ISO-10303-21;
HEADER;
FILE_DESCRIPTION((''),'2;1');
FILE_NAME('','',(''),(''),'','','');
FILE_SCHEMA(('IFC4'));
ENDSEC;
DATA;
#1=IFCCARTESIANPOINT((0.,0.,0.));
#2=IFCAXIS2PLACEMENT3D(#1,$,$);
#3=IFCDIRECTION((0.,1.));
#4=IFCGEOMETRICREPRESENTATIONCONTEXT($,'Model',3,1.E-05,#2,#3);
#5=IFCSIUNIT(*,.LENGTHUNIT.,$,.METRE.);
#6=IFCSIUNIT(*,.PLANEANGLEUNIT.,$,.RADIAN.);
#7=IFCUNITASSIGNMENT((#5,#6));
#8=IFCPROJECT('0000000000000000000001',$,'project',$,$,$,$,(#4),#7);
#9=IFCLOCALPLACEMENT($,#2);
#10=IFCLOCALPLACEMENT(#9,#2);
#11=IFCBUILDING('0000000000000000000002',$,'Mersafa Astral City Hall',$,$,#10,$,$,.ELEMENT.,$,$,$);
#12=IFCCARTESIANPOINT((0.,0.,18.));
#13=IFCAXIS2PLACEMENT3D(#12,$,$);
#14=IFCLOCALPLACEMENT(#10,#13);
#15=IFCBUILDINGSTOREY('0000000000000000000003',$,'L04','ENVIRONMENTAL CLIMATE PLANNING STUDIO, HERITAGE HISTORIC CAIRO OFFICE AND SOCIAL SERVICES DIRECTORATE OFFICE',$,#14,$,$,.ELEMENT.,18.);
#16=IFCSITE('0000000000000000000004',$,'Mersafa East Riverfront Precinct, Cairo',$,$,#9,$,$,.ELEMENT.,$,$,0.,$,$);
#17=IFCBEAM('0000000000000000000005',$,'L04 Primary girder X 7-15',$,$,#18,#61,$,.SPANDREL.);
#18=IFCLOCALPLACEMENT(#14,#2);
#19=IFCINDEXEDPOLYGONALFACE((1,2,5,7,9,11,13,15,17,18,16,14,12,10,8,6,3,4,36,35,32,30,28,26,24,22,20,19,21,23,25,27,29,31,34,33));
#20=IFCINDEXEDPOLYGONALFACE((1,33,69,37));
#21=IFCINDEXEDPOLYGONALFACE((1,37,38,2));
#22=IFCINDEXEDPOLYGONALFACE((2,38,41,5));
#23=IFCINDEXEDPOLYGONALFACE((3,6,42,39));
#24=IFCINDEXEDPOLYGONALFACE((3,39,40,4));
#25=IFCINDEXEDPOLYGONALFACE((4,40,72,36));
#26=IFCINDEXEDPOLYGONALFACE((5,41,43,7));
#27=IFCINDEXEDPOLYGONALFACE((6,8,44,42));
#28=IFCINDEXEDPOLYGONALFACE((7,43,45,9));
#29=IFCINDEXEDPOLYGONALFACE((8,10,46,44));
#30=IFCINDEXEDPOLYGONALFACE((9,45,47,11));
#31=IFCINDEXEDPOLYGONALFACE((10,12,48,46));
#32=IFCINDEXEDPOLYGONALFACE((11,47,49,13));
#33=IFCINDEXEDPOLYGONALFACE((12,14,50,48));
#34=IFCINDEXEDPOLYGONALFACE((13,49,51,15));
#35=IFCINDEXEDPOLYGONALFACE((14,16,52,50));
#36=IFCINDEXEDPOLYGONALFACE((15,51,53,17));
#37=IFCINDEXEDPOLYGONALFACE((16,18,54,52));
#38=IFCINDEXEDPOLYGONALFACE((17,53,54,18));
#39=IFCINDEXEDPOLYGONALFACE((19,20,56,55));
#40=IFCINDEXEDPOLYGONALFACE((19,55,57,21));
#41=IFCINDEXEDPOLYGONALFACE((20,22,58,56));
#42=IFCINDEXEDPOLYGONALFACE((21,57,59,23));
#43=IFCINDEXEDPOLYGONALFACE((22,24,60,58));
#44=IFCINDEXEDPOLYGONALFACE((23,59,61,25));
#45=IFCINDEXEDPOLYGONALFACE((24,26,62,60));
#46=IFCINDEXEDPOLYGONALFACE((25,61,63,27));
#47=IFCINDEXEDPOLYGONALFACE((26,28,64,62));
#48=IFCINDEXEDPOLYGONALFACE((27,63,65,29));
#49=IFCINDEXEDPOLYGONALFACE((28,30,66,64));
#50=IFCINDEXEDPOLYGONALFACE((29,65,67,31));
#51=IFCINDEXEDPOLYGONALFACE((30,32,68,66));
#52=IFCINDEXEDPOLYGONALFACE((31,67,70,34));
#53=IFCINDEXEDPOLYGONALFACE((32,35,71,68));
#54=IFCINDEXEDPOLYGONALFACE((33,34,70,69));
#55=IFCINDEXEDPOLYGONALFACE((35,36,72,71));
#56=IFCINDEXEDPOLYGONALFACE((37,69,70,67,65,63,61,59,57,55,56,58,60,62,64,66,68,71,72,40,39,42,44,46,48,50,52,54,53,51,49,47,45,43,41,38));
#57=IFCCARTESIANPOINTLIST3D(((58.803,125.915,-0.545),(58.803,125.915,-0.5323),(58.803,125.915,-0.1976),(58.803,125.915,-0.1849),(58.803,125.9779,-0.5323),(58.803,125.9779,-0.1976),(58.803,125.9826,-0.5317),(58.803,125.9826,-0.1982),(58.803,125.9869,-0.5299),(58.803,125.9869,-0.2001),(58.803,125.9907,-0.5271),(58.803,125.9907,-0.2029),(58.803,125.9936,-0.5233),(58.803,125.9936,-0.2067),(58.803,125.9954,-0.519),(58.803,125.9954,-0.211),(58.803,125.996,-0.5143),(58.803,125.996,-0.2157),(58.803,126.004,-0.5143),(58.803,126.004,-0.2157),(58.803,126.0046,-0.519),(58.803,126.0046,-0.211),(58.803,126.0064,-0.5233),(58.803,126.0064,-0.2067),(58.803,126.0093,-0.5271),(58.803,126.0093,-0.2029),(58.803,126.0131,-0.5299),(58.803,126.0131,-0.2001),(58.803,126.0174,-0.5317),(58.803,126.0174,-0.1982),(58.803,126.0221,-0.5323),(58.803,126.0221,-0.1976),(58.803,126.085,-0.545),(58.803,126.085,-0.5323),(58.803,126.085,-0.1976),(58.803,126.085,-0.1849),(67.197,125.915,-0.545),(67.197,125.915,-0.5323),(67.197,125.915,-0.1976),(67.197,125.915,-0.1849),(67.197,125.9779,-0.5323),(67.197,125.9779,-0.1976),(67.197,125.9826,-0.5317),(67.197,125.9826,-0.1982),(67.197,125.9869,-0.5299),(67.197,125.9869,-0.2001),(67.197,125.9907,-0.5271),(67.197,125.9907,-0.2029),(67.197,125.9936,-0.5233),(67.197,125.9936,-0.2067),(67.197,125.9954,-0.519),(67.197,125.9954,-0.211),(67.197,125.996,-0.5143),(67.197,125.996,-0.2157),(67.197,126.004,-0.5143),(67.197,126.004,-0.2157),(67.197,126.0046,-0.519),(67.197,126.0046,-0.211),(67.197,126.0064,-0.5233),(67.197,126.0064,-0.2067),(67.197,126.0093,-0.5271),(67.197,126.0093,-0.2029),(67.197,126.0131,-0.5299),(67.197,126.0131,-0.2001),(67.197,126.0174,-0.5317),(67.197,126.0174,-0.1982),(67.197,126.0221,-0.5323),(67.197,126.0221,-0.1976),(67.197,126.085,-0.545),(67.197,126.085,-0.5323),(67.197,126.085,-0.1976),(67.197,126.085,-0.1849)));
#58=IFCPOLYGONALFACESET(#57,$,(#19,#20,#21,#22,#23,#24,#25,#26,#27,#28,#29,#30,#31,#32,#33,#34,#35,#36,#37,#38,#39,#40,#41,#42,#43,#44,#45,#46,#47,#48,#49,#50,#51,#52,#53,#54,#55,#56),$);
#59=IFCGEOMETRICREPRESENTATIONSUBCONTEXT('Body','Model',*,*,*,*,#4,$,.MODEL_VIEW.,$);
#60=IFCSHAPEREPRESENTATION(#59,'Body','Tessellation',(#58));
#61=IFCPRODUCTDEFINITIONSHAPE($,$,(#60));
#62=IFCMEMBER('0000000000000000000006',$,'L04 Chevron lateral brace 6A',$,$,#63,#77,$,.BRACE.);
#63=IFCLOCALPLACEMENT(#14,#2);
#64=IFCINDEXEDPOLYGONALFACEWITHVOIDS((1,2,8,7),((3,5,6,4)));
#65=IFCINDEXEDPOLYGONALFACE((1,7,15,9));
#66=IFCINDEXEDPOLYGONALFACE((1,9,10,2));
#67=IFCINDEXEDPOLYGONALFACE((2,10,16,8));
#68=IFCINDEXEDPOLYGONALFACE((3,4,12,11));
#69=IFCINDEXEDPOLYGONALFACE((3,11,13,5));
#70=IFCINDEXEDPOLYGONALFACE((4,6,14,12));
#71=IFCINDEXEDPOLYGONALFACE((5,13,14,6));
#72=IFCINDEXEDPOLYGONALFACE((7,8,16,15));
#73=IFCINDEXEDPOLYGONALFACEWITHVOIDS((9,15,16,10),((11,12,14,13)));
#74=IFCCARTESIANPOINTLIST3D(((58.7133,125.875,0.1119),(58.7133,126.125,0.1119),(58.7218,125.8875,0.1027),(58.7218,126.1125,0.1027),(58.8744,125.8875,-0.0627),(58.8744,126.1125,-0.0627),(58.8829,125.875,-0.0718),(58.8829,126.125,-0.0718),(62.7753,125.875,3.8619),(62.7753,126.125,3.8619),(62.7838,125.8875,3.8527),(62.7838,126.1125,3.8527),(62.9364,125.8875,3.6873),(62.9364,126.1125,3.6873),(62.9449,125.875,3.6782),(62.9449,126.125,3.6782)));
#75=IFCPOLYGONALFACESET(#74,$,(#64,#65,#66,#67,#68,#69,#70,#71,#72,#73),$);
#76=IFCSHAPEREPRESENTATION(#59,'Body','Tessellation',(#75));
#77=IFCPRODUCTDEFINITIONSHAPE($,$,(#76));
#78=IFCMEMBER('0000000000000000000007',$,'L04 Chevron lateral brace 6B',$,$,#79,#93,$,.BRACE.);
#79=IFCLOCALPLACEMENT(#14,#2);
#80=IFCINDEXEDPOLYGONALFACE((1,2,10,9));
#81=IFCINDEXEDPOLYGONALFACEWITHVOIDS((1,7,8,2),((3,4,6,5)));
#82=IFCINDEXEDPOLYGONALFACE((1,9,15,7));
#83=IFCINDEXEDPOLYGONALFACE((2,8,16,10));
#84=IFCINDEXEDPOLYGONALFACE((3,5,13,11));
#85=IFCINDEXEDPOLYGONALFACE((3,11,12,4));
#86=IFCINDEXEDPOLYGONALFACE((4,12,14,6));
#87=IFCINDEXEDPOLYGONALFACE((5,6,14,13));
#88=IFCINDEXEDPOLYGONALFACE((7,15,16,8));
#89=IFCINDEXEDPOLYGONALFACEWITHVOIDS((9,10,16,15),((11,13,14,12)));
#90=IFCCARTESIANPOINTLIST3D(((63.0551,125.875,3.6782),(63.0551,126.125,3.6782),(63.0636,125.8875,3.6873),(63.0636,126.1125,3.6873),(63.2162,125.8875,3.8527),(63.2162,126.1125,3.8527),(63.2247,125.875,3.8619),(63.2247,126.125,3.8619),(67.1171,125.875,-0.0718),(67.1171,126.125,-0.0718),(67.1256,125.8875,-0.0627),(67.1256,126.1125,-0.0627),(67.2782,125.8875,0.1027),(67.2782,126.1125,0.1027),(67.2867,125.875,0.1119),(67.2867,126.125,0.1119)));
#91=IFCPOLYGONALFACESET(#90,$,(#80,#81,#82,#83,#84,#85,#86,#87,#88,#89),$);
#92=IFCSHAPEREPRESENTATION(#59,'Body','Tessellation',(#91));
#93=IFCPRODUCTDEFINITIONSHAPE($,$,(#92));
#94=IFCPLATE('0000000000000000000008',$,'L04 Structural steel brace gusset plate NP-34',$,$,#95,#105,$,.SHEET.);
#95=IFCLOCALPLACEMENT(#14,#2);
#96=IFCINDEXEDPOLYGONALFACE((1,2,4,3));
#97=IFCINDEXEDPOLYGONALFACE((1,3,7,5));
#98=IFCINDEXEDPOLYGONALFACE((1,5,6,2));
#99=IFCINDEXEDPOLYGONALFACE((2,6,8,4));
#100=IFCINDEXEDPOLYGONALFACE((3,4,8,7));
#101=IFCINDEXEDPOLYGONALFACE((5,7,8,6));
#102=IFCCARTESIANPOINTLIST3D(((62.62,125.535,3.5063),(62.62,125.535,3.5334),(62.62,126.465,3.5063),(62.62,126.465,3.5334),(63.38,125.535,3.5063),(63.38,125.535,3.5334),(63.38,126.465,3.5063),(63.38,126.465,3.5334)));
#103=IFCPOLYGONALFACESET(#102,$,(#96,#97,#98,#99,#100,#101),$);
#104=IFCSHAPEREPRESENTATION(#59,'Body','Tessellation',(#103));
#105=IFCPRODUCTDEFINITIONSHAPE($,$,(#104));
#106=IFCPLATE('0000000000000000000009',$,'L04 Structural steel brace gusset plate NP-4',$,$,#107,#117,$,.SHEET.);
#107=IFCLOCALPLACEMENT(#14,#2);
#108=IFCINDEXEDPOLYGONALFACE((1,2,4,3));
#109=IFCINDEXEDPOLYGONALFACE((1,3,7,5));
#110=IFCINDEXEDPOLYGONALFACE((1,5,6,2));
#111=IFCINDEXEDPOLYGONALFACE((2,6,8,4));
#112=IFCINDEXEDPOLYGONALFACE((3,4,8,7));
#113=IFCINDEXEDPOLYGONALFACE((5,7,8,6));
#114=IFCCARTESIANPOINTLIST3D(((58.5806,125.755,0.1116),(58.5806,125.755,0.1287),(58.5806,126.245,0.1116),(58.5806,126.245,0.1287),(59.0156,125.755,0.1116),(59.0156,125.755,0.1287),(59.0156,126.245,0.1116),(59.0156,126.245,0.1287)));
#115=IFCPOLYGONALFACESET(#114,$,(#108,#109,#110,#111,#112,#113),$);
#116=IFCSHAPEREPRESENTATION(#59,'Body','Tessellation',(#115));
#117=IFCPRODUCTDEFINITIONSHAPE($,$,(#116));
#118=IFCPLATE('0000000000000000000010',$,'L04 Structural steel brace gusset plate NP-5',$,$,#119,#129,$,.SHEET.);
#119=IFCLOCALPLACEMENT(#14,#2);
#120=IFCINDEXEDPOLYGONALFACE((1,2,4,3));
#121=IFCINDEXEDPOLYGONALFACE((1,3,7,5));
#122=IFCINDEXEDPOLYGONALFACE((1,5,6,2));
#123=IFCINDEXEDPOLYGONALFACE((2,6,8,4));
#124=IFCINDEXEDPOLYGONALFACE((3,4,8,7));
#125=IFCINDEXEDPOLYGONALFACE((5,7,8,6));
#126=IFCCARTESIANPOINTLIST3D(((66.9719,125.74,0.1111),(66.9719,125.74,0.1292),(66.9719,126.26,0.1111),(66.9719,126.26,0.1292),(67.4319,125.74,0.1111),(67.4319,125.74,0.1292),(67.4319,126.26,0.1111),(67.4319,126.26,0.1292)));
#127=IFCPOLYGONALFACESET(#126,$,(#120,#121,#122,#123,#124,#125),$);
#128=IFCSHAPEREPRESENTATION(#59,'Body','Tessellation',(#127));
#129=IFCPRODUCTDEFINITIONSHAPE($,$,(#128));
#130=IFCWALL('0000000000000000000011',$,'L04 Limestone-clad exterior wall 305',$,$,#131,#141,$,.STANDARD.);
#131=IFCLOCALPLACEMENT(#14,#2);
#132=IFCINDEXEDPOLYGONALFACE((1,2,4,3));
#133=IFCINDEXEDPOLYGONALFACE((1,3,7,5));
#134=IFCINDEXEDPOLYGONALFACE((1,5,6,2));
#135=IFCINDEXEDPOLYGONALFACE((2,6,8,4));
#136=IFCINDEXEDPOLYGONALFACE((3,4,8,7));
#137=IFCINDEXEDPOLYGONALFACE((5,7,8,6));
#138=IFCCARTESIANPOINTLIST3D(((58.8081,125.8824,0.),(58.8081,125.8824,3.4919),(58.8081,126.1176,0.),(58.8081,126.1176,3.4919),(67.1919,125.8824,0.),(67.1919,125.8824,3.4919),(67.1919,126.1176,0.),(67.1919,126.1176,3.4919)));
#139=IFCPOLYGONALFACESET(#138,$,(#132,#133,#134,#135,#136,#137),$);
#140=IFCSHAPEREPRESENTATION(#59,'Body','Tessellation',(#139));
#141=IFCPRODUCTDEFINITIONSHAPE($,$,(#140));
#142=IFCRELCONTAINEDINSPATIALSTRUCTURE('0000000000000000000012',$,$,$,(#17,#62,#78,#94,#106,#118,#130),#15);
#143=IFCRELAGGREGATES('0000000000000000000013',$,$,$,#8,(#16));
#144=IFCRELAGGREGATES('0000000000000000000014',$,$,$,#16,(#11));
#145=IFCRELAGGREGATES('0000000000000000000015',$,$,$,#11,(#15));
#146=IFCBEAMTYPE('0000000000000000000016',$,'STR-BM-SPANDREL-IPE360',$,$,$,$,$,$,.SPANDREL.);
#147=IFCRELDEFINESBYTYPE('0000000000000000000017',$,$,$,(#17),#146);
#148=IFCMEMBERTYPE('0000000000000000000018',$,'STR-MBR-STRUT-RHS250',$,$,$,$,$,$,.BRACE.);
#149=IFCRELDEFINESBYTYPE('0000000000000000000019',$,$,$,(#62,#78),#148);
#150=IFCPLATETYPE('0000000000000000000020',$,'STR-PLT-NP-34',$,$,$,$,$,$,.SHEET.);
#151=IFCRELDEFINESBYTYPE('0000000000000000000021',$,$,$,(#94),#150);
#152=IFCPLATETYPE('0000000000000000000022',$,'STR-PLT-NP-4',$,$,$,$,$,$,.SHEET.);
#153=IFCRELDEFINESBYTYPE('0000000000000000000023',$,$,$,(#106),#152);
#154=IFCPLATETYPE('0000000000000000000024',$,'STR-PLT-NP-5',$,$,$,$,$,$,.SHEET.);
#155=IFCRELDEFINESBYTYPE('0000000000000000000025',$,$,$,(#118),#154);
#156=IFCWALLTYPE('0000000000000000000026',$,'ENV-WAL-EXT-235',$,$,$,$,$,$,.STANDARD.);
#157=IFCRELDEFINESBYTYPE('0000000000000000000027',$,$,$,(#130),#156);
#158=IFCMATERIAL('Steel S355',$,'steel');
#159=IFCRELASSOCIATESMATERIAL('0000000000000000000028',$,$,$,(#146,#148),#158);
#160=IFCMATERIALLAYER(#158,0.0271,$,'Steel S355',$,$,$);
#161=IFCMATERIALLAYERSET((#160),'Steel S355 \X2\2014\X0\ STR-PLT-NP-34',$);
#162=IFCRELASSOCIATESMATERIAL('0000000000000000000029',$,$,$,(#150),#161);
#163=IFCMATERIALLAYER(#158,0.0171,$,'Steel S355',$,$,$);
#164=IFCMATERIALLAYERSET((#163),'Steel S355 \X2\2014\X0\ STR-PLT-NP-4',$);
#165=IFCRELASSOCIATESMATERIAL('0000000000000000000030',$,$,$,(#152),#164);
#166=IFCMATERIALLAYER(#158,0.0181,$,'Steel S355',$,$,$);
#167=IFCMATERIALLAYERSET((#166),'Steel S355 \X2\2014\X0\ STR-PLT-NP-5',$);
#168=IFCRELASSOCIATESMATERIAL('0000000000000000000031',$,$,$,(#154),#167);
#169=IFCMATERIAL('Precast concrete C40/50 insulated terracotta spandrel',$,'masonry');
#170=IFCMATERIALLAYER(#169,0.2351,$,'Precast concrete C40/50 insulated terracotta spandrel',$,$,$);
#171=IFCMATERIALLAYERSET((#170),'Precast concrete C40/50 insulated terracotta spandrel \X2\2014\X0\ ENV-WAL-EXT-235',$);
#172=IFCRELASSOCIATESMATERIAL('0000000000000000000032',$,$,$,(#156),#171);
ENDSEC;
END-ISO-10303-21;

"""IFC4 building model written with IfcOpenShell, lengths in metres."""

from ifc_helpers import new_model, si_unit, direction, frame, frame_2d, origin, origin_2d, place, context, subcontext, project, spatial, rectangle, hollow_rectangle, i_section, extrude, material, layer, layer_set, material_profile, profile_set, type_object, element, save


model = new_model("IFC4")

# Units and contexts
model_context = context("Model", 3, precision=1e-05, world=origin(), true_north=direction((0.0, 1.0)))
body_context = subcontext(model_context, "Body", "Model", "MODEL_VIEW")
ifc_project = project(units=[si_unit("LENGTHUNIT", "METRE"), si_unit("PLANEANGLEUNIT", "RADIAN")], contexts=[model_context])

# Site, building, storey
site_placement = place(None, origin())
site = spatial("IfcSite", under=ifc_project, at=site_placement, Name="Mersafa East Riverfront Precinct, Cairo", CompositionType="ELEMENT", RefElevation=0.0)
building_placement = place(site_placement, origin())
building = spatial("IfcBuilding", under=site, at=building_placement, Name="Mersafa Astral City Hall", CompositionType="ELEMENT")
storey_placement = place(building_placement, frame((0.0, 0.0, 18.0)))
storey = spatial("IfcBuildingStorey", under=building, at=storey_placement, Name="L04", Description="ENVIRONMENTAL CLIMATE PLANNING STUDIO, HERITAGE HISTORIC CAIRO OFFICE AND SOCIAL SERVICES DIRECTORATE OFFICE", CompositionType="ELEMENT", Elevation=18.0)

# Shared definitions
ifc_material_1 = material(Name="Steel S355", Category="steel")

# Beam
ifc_material_profile_1 = material_profile(ifc_material_1, i_section(OverallWidth=0.1699, OverallDepth=0.3601, WebThickness=0.0081, FlangeThickness=0.0127, FilletRadius=0.0181, at=origin_2d()), Name="IPE 360")
ifc_profile_set_1 = profile_set([ifc_material_profile_1], Name="Steel S355")
beam_type_1 = type_object("IfcBeamType", Name="STR-BM-SPANDREL-IPE360", PredefinedType="SPANDREL", material=ifc_profile_set_1)
for number, where, z_axis, x_axis, name in (
    (1, (58.803, 126.0, -0.365), (1.0, 0.0, 0.0), (0.0, 1.0, 0.0), "L04 Primary girder X 7-15"),
):
    element("IfcBeam", number, at=place(storey_placement, frame(where, z_axis=z_axis, x_axis=x_axis)), inside=storey, type_object=beam_type_1, Name=name, PredefinedType="SPANDREL", context=body_context, shape_type="SweptSolid", body=[
        extrude(i_section(OverallWidth=0.1699, OverallDepth=0.3601, WebThickness=0.0081, FlangeThickness=0.0127, FilletRadius=0.0181, at=origin_2d()), origin(), (0.0, 0.0, 1.0), 8.394),
    ])

# Members
ifc_material_profile_2 = material_profile(ifc_material_1, hollow_rectangle(XDim=0.25, YDim=0.25, WallThickness=0.0125, at=origin_2d()), Name="RHS 250x250x12.5")
ifc_profile_set_2 = profile_set([ifc_material_profile_2], Name="Steel S355")
member_type_1 = type_object("IfcMemberType", Name="STR-MBR-STRUT-RHS250", PredefinedType="BRACE", material=ifc_profile_set_2)
for number, where, z_axis, x_axis, name in (
    (2, (58.7981, 126.0, 0.02), (0.734763, 0.0, 0.678324), (0.0, 1.0, 0.0), "L04 Chevron lateral brace 6A"),
    (3, (67.2019, 126.0, 0.02), (-0.734763, 0.0, 0.678324), (0.0, -1.0, 0.0), "L04 Chevron lateral brace 6B"),
):
    element("IfcMember", number, at=place(storey_placement, frame(where, z_axis=z_axis, x_axis=x_axis)), inside=storey, type_object=member_type_1, Name=name, PredefinedType="BRACE", context=body_context, shape_type="SweptSolid", body=[
        extrude(hollow_rectangle(XDim=0.25, YDim=0.25, WallThickness=0.0125, at=origin_2d()), origin(), (0.0, 0.0, 1.0), 5.5283),
    ])

# Plates
ifc_layer_1 = layer(ifc_material_1, 0.0271, Name="Steel S355")
ifc_layer_set_1 = layer_set([ifc_layer_1], Name="Steel S355 — STR-PLT-NP-34")
plate_type_1 = type_object("IfcPlateType", Name="STR-PLT-NP-34", PredefinedType="SHEET", material=ifc_layer_set_1)
plate_1_placement = place(storey_placement, frame((63.0, 126.0, 3.5063), z_axis=(0.0, 0.0, 1.0), x_axis=(1.0, 0.0, 0.0)))
element("IfcPlate", 4, at=plate_1_placement, inside=storey, type_object=plate_type_1, Name="L04 Structural steel brace gusset plate NP-34", PredefinedType="SHEET", context=body_context, shape_type="SweptSolid", body=[
    extrude(rectangle(XDim=0.76, YDim=0.9299, at=origin_2d()), origin(), (0.0, 0.0, 1.0), 0.0271),
])
ifc_layer_2 = layer(ifc_material_1, 0.0171, Name="Steel S355")
ifc_layer_set_2 = layer_set([ifc_layer_2], Name="Steel S355 — STR-PLT-NP-4")
plate_type_2 = type_object("IfcPlateType", Name="STR-PLT-NP-4", PredefinedType="SHEET", material=ifc_layer_set_2)
plate_2_placement = place(storey_placement, frame((58.7981, 126.0, 0.1116), z_axis=(0.0, 0.0, 1.0), x_axis=(1.0, 0.0, 0.0)))
element("IfcPlate", 5, at=plate_2_placement, inside=storey, type_object=plate_type_2, Name="L04 Structural steel brace gusset plate NP-4", PredefinedType="SHEET", context=body_context, shape_type="SweptSolid", body=[
    extrude(rectangle(XDim=0.4351, YDim=0.49, at=origin_2d()), origin(), (0.0, 0.0, 1.0), 0.0171),
])
ifc_layer_3 = layer(ifc_material_1, 0.0181, Name="Steel S355")
ifc_layer_set_3 = layer_set([ifc_layer_3], Name="Steel S355 — STR-PLT-NP-5")
plate_type_3 = type_object("IfcPlateType", Name="STR-PLT-NP-5", PredefinedType="SHEET", material=ifc_layer_set_3)
plate_3_placement = place(storey_placement, frame((67.2019, 126.0, 0.1111), z_axis=(0.0, 0.0, 1.0), x_axis=(1.0, 0.0, 0.0)))
element("IfcPlate", 6, at=plate_3_placement, inside=storey, type_object=plate_type_3, Name="L04 Structural steel brace gusset plate NP-5", PredefinedType="SHEET", context=body_context, shape_type="SweptSolid", body=[
    extrude(rectangle(XDim=0.46, YDim=0.52, at=origin_2d()), origin(), (0.0, 0.0, 1.0), 0.0181),
])

# Wall
ifc_material_2 = material(Name="Precast concrete C40/50 insulated terracotta spandrel", Category="masonry")
ifc_layer_4 = layer(ifc_material_2, 0.2351, Name="Precast concrete C40/50 insulated terracotta spandrel")
ifc_layer_set_4 = layer_set([ifc_layer_4], Name="Precast concrete C40/50 insulated terracotta spandrel — ENV-WAL-EXT-235")
wall_type_1 = type_object("IfcWallType", Name="ENV-WAL-EXT-235", PredefinedType="STANDARD", material=ifc_layer_set_4)
wall_1_placement = place(storey_placement, frame((67.1919, 126.0, 0.0), z_axis=(0.0, 0.0, 1.0), x_axis=(-1.0, 0.0, 0.0)))
element("IfcWall", 7, at=wall_1_placement, inside=storey, type_object=wall_type_1, Name="L04 Limestone-clad exterior wall 305", PredefinedType="STANDARD", context=body_context, shape_type="SweptSolid", body=[
    extrude(rectangle(XDim=8.3838, YDim=0.2351, at=frame_2d((4.1919, 0.0))), origin(), (0.0, 0.0, 1.0), 3.4919),
])

save(model, "model.ifc")
